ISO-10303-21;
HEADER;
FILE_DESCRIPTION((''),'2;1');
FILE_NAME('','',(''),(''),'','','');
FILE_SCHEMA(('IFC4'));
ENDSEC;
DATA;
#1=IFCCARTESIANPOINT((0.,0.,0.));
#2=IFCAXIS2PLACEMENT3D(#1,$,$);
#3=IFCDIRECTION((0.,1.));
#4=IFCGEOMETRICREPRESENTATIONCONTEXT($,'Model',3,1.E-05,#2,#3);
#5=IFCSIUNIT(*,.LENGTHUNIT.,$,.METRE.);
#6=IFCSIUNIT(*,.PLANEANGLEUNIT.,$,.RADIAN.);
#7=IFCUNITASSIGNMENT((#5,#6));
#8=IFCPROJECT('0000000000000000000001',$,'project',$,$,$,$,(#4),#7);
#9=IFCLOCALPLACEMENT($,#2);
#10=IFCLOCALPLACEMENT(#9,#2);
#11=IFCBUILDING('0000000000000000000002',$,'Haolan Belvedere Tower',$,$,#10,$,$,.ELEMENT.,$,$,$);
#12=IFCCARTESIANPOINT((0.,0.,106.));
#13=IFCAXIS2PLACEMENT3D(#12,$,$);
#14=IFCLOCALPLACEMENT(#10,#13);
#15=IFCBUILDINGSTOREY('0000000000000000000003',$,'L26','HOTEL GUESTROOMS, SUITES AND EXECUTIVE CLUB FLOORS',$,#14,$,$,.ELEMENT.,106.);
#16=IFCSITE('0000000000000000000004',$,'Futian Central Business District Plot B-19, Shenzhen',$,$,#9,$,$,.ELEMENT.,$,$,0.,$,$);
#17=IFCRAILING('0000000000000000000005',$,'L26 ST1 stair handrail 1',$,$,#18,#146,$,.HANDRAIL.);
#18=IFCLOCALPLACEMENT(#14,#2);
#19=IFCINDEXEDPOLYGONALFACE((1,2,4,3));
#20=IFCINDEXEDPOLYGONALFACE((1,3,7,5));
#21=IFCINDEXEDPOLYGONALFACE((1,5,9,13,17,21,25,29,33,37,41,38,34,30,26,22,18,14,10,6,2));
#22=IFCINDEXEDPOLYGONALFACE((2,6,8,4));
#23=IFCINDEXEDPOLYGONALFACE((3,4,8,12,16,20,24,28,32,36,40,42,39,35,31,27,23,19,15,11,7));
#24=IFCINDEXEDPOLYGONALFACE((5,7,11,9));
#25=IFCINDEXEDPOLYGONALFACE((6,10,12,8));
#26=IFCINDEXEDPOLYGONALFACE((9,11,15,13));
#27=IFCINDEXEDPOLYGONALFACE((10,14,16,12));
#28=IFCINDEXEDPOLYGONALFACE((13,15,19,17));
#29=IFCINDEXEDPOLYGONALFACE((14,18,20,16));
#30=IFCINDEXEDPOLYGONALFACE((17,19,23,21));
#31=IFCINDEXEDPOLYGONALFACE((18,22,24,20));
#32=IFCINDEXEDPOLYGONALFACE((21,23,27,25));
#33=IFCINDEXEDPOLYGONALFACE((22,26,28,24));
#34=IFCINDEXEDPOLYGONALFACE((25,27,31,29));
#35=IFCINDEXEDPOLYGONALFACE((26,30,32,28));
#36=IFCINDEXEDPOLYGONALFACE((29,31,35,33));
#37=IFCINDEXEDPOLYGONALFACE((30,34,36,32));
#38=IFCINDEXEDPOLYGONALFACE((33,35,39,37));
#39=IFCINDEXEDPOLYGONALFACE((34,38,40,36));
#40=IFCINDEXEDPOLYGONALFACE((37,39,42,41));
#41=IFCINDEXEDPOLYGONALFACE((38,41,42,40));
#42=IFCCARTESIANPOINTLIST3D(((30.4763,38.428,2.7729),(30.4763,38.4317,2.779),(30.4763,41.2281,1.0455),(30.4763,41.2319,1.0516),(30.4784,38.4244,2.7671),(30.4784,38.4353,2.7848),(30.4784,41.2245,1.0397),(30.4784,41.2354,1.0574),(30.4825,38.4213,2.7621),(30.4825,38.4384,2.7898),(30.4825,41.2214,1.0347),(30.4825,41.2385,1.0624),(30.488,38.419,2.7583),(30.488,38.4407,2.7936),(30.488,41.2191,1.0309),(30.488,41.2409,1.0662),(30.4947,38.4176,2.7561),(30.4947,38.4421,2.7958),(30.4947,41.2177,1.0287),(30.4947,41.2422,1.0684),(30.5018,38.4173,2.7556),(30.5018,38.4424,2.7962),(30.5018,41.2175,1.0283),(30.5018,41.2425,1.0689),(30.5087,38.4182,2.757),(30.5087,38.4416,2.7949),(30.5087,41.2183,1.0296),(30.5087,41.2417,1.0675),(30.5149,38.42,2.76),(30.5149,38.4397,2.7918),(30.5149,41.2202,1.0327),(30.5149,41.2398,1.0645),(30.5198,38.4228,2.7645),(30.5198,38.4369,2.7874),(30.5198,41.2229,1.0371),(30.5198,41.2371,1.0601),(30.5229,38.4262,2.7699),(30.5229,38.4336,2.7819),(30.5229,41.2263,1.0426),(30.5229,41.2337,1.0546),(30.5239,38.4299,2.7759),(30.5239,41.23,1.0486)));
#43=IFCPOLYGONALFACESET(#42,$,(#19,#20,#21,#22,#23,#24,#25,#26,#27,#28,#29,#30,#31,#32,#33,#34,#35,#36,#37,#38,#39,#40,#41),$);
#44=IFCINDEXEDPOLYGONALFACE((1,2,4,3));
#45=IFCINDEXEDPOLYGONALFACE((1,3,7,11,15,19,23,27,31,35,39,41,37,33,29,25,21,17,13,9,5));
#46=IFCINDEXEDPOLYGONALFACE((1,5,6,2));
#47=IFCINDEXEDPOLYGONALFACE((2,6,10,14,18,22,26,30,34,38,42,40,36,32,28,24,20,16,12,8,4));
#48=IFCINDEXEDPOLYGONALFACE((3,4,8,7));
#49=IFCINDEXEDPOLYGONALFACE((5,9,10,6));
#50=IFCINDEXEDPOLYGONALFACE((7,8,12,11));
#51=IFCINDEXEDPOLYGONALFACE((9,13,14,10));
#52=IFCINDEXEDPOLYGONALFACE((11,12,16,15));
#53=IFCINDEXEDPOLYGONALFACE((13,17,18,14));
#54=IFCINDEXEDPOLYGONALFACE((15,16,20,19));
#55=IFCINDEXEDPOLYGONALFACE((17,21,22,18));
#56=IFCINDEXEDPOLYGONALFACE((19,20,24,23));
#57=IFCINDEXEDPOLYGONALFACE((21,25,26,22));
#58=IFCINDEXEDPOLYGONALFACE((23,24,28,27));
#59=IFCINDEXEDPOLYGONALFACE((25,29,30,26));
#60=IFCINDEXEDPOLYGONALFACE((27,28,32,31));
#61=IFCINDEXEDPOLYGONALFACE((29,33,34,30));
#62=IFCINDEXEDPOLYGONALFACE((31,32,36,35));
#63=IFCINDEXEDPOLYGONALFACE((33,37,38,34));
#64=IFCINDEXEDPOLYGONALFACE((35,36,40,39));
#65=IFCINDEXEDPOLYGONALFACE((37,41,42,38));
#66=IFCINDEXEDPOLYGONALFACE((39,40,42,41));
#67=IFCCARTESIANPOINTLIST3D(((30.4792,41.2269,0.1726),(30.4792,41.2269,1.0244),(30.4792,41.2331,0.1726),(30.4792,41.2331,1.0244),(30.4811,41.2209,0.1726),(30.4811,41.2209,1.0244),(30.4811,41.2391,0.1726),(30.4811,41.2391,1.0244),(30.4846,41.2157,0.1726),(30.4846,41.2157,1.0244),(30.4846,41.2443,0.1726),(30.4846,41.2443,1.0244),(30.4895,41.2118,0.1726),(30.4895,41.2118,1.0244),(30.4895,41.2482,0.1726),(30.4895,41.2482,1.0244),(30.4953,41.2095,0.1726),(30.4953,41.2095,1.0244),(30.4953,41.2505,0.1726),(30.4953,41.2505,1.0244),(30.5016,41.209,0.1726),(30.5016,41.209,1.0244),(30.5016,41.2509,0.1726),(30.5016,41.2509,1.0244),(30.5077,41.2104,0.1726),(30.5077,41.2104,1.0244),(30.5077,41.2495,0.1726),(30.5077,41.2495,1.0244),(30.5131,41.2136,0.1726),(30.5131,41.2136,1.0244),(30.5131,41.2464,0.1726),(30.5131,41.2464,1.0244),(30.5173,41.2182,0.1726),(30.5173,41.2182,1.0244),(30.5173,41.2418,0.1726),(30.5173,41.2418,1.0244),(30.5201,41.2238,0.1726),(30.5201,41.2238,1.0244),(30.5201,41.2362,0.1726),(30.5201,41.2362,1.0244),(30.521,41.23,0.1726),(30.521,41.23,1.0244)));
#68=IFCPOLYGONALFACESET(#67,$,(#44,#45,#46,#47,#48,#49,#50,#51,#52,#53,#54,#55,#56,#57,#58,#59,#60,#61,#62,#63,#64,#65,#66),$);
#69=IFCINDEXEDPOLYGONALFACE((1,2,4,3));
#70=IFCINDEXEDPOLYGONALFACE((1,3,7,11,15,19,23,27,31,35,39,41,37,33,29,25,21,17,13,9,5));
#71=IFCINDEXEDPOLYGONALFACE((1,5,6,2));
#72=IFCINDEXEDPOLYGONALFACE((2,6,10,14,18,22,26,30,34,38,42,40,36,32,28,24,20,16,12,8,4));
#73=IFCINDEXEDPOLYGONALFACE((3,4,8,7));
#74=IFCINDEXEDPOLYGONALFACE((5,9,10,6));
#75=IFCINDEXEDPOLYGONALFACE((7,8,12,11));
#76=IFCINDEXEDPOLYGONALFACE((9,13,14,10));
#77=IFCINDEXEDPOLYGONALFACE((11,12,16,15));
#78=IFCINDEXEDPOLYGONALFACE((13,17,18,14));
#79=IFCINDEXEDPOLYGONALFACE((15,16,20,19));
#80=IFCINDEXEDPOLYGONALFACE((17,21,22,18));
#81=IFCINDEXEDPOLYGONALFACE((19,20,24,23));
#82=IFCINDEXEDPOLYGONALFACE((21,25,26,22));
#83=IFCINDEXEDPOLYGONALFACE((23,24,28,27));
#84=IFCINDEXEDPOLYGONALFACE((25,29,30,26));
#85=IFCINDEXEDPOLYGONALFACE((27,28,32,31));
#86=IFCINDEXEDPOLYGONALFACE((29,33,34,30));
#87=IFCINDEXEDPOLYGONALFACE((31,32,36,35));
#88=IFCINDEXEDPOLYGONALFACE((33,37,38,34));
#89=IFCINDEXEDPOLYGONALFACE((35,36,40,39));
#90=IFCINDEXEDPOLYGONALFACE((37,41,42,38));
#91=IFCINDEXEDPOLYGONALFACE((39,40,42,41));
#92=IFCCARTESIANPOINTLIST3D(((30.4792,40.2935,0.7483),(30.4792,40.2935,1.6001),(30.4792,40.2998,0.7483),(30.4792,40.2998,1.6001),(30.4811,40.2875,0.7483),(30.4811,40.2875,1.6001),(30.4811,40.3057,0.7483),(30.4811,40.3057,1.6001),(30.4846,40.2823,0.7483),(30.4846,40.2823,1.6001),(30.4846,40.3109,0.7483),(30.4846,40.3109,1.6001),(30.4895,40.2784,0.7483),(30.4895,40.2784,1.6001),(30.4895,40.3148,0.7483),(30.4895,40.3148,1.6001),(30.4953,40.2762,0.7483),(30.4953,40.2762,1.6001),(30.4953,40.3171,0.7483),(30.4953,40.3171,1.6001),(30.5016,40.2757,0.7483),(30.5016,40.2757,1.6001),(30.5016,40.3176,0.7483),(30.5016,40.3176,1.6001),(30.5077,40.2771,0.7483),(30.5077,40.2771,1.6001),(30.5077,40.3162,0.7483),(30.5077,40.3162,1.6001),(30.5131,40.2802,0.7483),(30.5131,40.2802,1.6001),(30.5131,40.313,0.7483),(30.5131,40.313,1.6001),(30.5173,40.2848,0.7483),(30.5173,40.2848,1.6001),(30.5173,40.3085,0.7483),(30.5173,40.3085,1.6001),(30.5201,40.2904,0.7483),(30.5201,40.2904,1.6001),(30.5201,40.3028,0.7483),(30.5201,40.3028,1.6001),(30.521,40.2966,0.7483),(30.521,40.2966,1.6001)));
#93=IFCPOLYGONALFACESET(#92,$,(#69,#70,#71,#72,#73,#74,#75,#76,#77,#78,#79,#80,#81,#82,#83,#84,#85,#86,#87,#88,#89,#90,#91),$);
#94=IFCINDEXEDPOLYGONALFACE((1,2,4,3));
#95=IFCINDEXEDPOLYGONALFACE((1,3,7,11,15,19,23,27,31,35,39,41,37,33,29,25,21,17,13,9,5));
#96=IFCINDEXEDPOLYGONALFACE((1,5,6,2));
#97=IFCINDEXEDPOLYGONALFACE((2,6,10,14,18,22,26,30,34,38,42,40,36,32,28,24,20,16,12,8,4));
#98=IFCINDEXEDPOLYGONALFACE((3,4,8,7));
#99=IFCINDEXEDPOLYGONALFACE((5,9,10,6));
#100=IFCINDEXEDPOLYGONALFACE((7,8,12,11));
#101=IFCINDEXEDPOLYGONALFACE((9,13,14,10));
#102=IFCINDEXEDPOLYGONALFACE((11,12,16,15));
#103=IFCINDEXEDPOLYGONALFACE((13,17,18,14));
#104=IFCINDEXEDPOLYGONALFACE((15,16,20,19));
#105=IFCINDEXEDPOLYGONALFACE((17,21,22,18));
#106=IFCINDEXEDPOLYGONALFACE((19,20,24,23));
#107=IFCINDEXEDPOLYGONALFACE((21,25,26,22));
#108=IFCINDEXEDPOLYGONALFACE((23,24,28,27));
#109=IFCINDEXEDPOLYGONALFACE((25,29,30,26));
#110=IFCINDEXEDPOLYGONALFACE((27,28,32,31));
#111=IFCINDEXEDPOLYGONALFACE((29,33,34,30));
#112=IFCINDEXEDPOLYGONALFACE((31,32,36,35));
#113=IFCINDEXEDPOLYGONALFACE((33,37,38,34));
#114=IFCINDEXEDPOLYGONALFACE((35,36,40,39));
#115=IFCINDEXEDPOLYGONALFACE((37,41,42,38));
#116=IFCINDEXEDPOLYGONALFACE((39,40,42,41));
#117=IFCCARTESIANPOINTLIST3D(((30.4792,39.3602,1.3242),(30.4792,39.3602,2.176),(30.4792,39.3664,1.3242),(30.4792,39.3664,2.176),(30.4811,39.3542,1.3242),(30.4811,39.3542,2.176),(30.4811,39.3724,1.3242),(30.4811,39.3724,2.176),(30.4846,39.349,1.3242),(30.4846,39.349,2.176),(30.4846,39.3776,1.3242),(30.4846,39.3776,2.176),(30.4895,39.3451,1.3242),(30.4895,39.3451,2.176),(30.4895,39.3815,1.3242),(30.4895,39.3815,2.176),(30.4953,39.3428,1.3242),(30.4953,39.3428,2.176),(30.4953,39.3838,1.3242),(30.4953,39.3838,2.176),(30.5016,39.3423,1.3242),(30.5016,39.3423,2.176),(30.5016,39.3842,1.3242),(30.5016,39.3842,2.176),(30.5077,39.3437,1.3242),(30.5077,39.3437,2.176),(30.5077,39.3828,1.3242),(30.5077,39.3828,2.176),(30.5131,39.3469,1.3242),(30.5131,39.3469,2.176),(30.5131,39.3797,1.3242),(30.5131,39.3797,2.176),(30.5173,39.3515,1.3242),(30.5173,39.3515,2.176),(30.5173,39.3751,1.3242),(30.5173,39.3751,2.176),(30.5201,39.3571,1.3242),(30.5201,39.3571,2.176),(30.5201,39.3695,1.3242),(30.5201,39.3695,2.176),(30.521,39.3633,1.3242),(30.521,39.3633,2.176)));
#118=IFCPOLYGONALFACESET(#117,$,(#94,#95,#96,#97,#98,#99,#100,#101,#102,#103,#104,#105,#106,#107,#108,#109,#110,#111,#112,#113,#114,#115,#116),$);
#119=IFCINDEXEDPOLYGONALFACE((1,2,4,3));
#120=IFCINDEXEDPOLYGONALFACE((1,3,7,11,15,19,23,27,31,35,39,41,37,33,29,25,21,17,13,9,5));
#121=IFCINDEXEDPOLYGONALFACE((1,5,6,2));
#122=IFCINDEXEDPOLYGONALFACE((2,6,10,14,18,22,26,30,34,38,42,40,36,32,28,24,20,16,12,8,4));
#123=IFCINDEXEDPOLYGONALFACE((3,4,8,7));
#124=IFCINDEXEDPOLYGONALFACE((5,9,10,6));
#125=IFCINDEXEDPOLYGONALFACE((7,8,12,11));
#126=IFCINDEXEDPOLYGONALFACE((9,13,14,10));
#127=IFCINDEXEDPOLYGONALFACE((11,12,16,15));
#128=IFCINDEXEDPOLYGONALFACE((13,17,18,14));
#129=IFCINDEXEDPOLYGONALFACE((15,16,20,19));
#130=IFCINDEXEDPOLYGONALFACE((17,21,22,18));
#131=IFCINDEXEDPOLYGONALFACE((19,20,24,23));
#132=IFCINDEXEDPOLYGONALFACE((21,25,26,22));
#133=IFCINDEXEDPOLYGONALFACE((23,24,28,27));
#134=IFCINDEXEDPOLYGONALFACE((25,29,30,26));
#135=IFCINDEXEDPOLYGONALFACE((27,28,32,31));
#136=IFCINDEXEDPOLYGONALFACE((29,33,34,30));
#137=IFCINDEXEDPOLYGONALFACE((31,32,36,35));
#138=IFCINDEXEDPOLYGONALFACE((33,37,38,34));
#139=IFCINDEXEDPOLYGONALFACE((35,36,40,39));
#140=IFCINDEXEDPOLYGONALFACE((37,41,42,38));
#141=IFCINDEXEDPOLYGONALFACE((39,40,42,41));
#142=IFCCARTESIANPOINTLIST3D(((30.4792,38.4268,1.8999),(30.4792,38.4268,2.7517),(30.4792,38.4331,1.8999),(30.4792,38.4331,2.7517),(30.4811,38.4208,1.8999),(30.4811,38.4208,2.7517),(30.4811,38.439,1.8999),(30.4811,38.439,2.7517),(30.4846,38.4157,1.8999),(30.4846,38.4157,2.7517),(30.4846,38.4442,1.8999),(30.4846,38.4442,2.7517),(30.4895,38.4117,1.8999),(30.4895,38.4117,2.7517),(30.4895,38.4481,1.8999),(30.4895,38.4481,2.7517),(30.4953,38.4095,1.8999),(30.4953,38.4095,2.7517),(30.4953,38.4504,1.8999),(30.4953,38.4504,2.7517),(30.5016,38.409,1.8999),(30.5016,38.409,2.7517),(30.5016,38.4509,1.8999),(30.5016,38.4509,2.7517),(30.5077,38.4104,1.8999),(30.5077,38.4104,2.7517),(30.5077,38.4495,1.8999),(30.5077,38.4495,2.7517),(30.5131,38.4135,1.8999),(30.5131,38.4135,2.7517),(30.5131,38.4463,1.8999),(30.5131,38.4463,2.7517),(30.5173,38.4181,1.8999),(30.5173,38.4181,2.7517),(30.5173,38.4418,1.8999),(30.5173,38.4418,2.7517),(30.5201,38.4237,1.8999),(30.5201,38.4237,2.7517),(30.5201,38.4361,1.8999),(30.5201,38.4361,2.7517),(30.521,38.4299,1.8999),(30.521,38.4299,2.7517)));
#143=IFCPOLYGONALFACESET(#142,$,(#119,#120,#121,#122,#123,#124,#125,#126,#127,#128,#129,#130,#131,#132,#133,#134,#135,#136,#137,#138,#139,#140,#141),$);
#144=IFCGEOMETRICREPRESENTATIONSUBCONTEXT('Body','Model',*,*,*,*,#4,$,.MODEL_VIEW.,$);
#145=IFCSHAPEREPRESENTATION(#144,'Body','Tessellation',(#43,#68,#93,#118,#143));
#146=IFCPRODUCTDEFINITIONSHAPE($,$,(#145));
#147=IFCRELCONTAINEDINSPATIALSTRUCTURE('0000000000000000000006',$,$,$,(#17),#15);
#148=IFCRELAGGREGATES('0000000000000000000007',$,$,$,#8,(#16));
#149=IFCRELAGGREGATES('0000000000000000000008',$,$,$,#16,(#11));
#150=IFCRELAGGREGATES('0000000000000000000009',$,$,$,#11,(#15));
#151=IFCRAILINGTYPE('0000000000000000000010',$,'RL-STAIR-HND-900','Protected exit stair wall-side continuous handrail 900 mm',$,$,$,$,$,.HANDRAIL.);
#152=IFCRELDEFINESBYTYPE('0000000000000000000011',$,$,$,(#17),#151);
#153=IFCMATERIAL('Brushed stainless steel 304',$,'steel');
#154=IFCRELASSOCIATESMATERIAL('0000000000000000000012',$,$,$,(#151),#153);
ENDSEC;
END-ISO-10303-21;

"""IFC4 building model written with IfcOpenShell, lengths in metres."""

from ifc_helpers import new_model, si_unit, direction, frame, origin, origin_2d, place, context, subcontext, project, spatial, circle, extrude, material, type_object, element, save


model = new_model("IFC4")

# Units and contexts
model_context = context("Model", 3, precision=1e-05, world=origin(), true_north=direction((0.0, 1.0)))
body_context = subcontext(model_context, "Body", "Model", "MODEL_VIEW")
ifc_project = project(units=[si_unit("LENGTHUNIT", "METRE"), si_unit("PLANEANGLEUNIT", "RADIAN")], contexts=[model_context])

# Site, building, storey
site_placement = place(None, origin())
site = spatial("IfcSite", under=ifc_project, at=site_placement, Name="Futian Central Business District Plot B-19, Shenzhen", CompositionType="ELEMENT", RefElevation=0.0)
building_placement = place(site_placement, origin())
building = spatial("IfcBuilding", under=site, at=building_placement, Name="Haolan Belvedere Tower", CompositionType="ELEMENT")
storey_placement = place(building_placement, frame((0.0, 0.0, 106.0)))
storey = spatial("IfcBuildingStorey", under=building, at=storey_placement, Name="L26", Description="HOTEL GUESTROOMS, SUITES AND EXECUTIVE CLUB FLOORS", CompositionType="ELEMENT", Elevation=106.0)

# Railing
ifc_material_1 = material(Name="Brushed stainless steel 304", Category="steel")
railing_type_1 = type_object("IfcRailingType", Name="RL-STAIR-HND-900", Description="Protected exit stair wall-side continuous handrail 900 mm", PredefinedType="HANDRAIL", material=ifc_material_1)
railing_1_placement = place(storey_placement, frame((30.5, 41.23, 0.1726)))
element("IfcRailing", 1, at=railing_1_placement, inside=storey, type_object=railing_type_1, Name="L26 ST1 stair handrail 1", PredefinedType="HANDRAIL", context=body_context, shape_type="SweptSolid", body=[
    extrude(circle(Radius=0.0239, at=origin_2d()), frame((0.0, 0.0, 0.876), z_axis=(0.0, -0.85109, 0.52502), x_axis=(1.0, 0.0, 0.0)), (0.0, 0.0, 1.0), 3.29),
    extrude(circle(Radius=0.021, at=origin_2d()), origin(), (0.0, 0.0, 1.0), 0.8518),
    extrude(circle(Radius=0.021, at=origin_2d()), frame((0.0, -0.9333, 0.5757)), (0.0, 0.0, 1.0), 0.8518),
    extrude(circle(Radius=0.021, at=origin_2d()), frame((0.0, -1.8667, 1.1516)), (0.0, 0.0, 1.0), 0.8518),
    extrude(circle(Radius=0.021, at=origin_2d()), frame((0.0, -2.8, 1.7273)), (0.0, 0.0, 1.0), 0.8518),
])

save(model, "model.ifc")
